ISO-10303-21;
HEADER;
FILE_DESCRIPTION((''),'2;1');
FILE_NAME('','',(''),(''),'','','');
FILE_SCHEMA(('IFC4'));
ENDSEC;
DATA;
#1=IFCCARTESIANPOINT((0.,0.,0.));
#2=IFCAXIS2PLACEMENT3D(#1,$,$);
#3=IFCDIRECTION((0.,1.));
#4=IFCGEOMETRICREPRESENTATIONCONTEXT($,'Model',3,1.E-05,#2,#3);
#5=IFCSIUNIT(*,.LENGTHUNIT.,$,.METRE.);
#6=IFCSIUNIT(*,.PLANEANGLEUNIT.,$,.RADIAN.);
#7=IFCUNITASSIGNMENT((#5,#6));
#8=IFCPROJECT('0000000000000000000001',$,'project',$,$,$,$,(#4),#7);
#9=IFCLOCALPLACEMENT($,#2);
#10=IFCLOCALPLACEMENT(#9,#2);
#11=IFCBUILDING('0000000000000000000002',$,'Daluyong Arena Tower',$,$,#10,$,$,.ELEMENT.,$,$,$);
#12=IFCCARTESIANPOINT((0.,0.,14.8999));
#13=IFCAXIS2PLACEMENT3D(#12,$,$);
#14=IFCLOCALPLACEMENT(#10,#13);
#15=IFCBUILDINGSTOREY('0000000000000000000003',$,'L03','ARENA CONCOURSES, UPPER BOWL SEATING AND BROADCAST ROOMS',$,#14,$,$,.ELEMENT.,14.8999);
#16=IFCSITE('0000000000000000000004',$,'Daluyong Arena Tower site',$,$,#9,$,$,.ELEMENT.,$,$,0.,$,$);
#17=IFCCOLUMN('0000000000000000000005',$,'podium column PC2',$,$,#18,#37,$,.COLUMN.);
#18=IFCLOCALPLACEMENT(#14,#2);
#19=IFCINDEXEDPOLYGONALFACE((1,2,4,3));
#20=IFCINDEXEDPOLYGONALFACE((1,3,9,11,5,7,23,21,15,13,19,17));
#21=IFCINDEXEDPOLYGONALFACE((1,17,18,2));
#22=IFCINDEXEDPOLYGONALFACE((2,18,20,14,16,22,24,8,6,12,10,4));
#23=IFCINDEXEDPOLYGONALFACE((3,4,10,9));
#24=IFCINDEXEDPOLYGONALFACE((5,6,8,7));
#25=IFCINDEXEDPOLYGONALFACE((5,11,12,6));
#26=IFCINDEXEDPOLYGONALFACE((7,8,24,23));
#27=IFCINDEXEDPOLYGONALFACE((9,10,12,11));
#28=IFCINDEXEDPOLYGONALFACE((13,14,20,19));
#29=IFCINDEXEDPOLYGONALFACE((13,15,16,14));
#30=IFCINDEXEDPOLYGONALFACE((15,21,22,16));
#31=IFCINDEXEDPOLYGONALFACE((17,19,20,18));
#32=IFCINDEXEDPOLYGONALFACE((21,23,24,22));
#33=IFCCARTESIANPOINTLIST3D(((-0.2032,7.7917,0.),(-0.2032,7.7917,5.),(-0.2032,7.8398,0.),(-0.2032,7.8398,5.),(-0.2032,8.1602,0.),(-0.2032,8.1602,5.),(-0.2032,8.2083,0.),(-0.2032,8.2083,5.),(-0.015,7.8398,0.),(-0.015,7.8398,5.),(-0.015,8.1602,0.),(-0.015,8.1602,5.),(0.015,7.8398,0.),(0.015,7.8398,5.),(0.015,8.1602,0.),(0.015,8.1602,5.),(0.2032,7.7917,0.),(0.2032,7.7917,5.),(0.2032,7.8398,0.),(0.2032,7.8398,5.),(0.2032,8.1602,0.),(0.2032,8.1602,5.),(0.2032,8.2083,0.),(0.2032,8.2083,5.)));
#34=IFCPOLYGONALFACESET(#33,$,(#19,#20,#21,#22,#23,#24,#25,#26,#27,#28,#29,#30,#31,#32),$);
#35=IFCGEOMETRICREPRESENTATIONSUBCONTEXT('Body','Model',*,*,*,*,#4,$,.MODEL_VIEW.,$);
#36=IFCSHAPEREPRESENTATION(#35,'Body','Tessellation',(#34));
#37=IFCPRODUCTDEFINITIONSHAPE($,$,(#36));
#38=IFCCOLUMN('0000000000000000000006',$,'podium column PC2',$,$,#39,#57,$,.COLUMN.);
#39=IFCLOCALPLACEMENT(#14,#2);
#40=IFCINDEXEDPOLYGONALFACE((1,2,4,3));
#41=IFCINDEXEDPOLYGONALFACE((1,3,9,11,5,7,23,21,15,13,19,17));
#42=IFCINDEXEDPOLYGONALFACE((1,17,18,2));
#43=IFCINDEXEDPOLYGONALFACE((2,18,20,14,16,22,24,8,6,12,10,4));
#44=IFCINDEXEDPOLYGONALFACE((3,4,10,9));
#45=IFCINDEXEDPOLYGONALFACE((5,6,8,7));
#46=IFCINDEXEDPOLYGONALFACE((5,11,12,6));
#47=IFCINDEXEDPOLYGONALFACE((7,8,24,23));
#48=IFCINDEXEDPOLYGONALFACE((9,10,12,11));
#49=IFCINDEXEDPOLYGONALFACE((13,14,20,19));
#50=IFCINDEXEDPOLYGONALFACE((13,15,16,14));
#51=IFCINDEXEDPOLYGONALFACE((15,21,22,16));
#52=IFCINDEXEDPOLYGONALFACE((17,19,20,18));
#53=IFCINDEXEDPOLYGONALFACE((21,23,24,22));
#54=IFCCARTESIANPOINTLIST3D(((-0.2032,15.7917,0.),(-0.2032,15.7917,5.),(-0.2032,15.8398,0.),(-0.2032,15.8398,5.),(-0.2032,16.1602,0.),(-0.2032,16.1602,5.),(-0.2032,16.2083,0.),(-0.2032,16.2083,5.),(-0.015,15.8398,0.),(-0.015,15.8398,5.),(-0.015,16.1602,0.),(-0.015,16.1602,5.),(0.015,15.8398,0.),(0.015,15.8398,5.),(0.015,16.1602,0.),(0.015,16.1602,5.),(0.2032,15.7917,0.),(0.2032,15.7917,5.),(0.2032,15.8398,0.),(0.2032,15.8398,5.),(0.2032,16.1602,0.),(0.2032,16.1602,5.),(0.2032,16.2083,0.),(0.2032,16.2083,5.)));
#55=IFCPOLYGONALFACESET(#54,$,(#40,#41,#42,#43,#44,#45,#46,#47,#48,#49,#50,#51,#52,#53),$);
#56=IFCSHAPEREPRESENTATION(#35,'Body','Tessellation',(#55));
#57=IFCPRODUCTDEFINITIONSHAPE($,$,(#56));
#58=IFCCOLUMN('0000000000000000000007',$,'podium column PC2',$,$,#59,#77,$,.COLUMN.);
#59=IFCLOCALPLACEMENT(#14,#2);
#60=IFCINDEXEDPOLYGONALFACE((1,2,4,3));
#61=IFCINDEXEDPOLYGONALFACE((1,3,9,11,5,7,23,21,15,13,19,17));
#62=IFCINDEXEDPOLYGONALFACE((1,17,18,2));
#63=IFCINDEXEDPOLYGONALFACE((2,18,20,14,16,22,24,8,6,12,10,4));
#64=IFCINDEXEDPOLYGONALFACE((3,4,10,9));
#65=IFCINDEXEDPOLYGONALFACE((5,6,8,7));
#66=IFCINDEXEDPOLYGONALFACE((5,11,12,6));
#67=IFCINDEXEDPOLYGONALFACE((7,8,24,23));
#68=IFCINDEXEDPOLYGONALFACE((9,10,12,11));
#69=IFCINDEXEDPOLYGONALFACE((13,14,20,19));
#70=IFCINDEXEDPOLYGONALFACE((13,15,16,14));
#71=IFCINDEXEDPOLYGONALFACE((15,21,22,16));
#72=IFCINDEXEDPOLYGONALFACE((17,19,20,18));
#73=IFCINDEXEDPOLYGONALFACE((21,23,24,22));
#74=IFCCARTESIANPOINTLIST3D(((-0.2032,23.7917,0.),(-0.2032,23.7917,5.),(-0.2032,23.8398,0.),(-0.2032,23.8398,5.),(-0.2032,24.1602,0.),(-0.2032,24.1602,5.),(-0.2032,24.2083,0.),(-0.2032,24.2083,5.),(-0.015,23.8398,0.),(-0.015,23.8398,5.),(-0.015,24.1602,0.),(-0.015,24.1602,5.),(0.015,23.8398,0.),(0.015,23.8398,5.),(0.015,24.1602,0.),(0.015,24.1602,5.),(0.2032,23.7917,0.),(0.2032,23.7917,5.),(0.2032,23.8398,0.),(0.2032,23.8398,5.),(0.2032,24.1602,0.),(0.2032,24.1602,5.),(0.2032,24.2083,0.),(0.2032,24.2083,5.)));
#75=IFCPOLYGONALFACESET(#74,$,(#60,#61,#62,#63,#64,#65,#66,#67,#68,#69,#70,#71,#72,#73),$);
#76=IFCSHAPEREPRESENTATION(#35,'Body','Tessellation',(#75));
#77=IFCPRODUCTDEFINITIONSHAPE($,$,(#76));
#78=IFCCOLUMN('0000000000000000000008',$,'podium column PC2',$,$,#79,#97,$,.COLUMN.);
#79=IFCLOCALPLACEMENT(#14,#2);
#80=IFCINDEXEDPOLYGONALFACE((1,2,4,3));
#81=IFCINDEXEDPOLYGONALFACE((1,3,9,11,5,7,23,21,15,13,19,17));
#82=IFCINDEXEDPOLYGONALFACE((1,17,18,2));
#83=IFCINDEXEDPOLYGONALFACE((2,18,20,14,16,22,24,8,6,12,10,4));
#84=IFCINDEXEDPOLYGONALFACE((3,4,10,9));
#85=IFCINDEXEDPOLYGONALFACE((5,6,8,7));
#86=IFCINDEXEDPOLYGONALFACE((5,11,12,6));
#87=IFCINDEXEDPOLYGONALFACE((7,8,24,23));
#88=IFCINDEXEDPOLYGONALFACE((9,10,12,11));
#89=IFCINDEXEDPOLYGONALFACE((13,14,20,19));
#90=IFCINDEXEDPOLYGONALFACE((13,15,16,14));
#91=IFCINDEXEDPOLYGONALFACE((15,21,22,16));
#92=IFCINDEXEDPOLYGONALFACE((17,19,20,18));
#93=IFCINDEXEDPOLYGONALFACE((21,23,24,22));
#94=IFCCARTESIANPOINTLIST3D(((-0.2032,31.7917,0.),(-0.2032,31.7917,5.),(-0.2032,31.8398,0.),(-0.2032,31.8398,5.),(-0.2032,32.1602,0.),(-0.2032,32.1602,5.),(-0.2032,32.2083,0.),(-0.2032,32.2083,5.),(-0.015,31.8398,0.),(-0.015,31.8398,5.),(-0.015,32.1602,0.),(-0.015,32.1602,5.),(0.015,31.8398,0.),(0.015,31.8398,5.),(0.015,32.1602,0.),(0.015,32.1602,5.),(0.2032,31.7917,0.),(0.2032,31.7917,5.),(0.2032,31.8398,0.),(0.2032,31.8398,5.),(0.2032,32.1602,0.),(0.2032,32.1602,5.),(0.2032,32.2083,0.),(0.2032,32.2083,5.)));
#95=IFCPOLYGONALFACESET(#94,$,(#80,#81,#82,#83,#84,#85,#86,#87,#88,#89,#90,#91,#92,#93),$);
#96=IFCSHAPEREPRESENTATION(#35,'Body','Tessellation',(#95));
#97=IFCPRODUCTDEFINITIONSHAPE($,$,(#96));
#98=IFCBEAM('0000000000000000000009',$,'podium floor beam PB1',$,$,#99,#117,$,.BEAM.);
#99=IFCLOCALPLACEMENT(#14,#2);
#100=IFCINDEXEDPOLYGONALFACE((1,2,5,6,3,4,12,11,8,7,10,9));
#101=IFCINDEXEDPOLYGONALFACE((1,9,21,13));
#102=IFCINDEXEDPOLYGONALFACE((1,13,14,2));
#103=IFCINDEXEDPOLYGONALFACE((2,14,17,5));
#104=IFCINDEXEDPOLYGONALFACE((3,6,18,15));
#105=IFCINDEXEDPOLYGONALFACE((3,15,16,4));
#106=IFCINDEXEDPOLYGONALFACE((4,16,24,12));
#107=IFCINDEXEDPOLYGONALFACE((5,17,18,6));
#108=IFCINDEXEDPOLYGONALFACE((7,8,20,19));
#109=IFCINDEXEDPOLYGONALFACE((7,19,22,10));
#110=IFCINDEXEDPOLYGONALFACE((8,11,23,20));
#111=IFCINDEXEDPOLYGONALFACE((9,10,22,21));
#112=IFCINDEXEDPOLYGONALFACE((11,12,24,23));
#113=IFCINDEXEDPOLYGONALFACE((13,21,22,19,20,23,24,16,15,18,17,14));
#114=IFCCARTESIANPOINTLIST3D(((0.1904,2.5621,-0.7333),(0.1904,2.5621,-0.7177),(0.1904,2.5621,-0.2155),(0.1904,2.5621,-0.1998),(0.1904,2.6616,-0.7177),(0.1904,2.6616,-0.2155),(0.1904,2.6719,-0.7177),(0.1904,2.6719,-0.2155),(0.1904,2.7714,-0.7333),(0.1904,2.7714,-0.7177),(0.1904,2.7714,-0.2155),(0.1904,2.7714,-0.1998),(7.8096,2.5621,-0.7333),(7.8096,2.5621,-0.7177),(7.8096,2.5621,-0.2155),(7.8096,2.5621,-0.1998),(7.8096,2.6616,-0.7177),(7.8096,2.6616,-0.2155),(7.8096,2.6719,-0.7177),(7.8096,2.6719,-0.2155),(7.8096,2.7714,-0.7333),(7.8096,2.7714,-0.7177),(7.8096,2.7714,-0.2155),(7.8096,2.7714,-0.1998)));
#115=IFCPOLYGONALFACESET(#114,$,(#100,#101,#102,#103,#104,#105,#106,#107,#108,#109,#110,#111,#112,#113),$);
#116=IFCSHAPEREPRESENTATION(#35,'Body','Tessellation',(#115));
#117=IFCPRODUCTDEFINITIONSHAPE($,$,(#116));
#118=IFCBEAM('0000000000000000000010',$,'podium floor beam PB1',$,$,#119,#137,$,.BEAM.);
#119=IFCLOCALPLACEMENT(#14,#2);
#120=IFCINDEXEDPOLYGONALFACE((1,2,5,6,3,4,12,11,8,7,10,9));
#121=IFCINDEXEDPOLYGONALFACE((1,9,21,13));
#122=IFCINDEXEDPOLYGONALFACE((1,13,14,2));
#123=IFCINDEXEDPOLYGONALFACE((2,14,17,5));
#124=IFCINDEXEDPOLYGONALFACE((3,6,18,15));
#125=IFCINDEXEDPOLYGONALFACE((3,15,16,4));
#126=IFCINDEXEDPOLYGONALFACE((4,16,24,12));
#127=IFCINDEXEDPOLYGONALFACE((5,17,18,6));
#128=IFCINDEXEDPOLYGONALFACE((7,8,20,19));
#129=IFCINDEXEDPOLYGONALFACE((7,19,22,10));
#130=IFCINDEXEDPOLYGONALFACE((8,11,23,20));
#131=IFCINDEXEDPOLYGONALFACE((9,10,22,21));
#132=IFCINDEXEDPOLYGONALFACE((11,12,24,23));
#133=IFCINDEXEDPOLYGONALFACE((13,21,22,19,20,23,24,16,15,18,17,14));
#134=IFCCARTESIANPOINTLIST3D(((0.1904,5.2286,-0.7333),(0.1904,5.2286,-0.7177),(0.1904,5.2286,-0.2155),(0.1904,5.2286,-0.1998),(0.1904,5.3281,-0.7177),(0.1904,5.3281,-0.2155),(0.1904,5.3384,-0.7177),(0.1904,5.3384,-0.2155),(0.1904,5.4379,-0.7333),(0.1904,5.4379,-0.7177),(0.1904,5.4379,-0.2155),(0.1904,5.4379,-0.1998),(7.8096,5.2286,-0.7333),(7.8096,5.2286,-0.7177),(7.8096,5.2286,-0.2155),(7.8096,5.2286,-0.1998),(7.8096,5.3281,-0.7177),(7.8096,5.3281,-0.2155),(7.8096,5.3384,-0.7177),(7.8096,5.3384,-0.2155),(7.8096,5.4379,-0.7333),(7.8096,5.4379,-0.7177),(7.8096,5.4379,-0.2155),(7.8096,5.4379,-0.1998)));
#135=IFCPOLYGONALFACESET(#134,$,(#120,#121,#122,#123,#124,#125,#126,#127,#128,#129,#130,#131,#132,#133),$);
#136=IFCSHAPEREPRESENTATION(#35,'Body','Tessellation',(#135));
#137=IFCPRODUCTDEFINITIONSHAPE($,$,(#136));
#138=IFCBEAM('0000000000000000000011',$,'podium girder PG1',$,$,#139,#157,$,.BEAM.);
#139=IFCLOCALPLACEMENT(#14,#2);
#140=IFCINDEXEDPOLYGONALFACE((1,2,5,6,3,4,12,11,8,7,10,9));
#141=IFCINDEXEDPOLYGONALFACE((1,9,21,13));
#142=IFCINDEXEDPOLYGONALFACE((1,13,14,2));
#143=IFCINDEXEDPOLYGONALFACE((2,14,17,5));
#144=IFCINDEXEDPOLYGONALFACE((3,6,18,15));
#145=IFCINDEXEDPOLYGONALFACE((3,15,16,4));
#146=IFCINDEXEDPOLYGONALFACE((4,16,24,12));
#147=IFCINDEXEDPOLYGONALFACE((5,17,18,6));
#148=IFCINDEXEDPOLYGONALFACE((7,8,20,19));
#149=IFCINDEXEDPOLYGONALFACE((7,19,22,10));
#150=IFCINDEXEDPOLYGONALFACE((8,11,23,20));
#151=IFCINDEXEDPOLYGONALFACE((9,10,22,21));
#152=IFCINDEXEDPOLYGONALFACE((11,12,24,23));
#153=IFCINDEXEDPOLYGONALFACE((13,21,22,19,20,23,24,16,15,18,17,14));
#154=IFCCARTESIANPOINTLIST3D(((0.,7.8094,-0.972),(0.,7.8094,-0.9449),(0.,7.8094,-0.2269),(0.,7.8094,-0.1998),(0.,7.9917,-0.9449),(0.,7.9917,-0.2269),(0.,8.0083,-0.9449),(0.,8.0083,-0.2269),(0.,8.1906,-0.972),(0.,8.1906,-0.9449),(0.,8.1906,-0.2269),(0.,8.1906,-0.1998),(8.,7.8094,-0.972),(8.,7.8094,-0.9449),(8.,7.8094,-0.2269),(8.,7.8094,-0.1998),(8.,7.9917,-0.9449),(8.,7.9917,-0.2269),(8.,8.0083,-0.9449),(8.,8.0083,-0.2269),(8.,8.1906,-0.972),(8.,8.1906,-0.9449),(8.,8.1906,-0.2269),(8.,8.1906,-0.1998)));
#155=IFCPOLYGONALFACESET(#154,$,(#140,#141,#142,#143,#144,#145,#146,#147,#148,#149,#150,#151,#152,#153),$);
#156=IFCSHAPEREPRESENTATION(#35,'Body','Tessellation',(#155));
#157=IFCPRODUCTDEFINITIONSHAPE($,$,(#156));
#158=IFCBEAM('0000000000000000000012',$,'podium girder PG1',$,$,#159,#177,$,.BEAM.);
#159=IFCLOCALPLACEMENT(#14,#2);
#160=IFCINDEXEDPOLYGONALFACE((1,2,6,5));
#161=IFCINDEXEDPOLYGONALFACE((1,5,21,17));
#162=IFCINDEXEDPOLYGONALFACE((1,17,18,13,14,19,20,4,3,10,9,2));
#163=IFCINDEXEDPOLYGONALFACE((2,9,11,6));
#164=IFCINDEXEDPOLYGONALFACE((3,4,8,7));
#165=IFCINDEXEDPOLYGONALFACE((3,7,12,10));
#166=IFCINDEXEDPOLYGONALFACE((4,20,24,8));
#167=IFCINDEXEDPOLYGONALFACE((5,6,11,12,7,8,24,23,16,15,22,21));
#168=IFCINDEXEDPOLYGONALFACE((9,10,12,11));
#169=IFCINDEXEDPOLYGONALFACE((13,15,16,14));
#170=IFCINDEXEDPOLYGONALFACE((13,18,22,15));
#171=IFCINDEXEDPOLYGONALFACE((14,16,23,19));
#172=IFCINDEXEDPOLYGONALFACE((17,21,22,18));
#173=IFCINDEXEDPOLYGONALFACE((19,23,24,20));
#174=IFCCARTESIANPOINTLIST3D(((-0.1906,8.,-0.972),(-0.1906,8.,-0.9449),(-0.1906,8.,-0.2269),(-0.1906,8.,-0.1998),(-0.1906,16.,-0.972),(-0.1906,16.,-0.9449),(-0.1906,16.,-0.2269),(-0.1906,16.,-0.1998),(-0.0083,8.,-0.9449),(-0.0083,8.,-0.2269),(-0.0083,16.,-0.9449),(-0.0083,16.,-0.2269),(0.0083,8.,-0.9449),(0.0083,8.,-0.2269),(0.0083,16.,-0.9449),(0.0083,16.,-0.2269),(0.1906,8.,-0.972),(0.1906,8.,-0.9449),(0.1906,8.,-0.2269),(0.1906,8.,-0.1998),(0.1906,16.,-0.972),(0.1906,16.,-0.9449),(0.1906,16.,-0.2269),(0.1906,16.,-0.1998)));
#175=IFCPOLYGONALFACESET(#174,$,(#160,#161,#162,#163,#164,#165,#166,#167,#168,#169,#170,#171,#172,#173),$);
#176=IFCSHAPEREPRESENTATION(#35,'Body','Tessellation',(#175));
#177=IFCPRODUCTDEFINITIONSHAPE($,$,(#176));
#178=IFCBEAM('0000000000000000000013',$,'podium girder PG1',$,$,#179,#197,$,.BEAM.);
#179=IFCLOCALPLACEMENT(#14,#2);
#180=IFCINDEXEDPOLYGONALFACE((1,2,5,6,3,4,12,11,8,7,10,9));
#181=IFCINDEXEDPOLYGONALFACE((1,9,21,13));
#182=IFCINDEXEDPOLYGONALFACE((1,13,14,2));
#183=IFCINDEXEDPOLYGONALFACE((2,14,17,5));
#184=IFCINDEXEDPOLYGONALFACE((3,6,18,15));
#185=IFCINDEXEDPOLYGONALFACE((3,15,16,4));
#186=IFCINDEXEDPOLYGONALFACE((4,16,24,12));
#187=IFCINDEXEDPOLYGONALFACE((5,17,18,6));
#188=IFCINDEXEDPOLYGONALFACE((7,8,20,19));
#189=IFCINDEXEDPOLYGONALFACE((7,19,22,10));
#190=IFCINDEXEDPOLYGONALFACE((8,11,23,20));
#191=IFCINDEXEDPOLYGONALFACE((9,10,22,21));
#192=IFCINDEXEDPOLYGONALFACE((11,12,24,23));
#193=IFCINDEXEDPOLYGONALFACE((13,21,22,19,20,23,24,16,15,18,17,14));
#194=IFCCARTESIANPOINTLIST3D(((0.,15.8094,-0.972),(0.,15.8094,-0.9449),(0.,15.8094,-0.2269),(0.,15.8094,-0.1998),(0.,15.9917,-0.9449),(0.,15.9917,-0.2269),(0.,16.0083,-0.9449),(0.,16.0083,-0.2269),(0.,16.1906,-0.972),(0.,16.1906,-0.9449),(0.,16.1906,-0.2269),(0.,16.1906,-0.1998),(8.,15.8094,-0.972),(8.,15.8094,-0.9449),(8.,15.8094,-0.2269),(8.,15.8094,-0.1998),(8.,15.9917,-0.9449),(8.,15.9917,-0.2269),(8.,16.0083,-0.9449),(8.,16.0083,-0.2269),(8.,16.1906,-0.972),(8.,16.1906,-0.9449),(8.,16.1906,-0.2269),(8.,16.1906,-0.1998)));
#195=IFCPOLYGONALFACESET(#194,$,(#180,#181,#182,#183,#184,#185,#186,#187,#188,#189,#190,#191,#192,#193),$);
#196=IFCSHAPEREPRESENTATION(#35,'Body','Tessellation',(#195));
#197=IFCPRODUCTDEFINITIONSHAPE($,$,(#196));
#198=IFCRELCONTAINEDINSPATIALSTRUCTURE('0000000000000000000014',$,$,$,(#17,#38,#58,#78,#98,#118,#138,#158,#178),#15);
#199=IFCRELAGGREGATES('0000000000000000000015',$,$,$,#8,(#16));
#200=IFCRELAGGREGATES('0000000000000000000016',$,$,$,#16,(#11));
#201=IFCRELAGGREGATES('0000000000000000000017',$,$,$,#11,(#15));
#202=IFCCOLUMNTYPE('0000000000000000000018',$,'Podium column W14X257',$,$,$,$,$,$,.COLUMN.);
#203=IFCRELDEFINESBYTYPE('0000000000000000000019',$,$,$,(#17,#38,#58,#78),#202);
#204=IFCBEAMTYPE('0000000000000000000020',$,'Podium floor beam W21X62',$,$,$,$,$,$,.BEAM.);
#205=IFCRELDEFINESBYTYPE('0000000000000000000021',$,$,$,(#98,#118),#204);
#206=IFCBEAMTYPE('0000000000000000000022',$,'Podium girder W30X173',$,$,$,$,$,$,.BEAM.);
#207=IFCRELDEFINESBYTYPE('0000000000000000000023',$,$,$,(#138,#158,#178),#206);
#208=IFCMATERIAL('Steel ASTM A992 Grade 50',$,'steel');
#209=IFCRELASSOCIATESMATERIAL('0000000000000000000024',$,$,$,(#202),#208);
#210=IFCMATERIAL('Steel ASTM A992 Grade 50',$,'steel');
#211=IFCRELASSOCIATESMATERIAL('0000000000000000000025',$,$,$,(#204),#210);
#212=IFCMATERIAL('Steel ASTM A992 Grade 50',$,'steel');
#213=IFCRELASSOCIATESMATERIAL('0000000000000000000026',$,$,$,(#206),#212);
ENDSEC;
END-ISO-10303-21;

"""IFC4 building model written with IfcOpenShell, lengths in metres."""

from ifc_helpers import new_model, si_unit, direction, frame, origin, origin_2d, place, context, subcontext, project, spatial, i_section, extrude, material, material_profile, profile_set, type_object, element, save


model = new_model("IFC4")

# Units and contexts
model_context = context("Model", 3, precision=1e-05, world=origin(), true_north=direction((0.0, 1.0)))
body_context = subcontext(model_context, "Body", "Model", "MODEL_VIEW")
ifc_project = project(units=[si_unit("LENGTHUNIT", "METRE"), si_unit("PLANEANGLEUNIT", "RADIAN")], contexts=[model_context])

# Site, building, storey
site_placement = place(None, origin())
site = spatial("IfcSite", under=ifc_project, at=site_placement, Name="Daluyong Arena Tower site", CompositionType="ELEMENT", RefElevation=0.0)
building_placement = place(site_placement, origin())
building = spatial("IfcBuilding", under=site, at=building_placement, Name="Daluyong Arena Tower", CompositionType="ELEMENT")
storey_placement = place(building_placement, frame((0.0, 0.0, 14.8999)))
storey = spatial("IfcBuildingStorey", under=building, at=storey_placement, Name="L03", Description="ARENA CONCOURSES, UPPER BOWL SEATING AND BROADCAST ROOMS", CompositionType="ELEMENT", Elevation=14.8999)

# Columns
ifc_material_1 = material(Name="Steel ASTM A992 Grade 50", Category="steel")
ifc_material_profile_1 = material_profile(ifc_material_1, i_section(OverallWidth=0.4065, OverallDepth=0.4165, WebThickness=0.03, FlangeThickness=0.0481, at=origin_2d()))
ifc_profile_set_1 = profile_set([ifc_material_profile_1], Name="Steel ASTM A992 Grade 50")
column_type = type_object("IfcColumnType", Name="Podium column W14X257", PredefinedType="COLUMN", material=ifc_profile_set_1)
for number, where, z_axis, x_axis, name in (
    (1, (0.0, 8.0, 0.0), (0.0, 0.0, 1.0), (1.0, 0.0, 0.0), "podium column PC2"),
    (2, (0.0, 16.0, 0.0), (0.0, 0.0, 1.0), (1.0, 0.0, 0.0), "podium column PC2"),
    (3, (0.0, 24.0, 0.0), (0.0, 0.0, 1.0), (1.0, 0.0, 0.0), "podium column PC2"),
    (4, (0.0, 32.0, 0.0), (0.0, 0.0, 1.0), (1.0, 0.0, 0.0), "podium column PC2"),
):
    element("IfcColumn", number, at=place(storey_placement, frame(where, z_axis=z_axis, x_axis=x_axis)), inside=storey, type_object=column_type, Name=name, PredefinedType="COLUMN", context=body_context, shape_type="SweptSolid", body=[
        extrude(i_section(OverallWidth=0.4065, OverallDepth=0.4165, WebThickness=0.03, FlangeThickness=0.0481, at=origin_2d()), origin(), (0.0, 0.0, 1.0), 5.0),
    ])

# Beams
ifc_material_2 = material(Name="Steel ASTM A992 Grade 50", Category="steel")
ifc_material_profile_2 = material_profile(ifc_material_2, i_section(OverallWidth=0.2092, OverallDepth=0.5334, WebThickness=0.0103, FlangeThickness=0.0156, at=origin_2d()))
ifc_profile_set_2 = profile_set([ifc_material_profile_2], Name="Steel ASTM A992 Grade 50")
beam_type_1 = type_object("IfcBeamType", Name="Podium floor beam W21X62", PredefinedType="BEAM", material=ifc_profile_set_2)
for number, where, z_axis, x_axis, name in (
    (5, (0.1904, 2.6667, -0.4666), (1.0, 0.0, 0.0), (0.0, 1.0, 0.0), "podium floor beam PB1"),
    (6, (0.1904, 5.3333, -0.4666), (1.0, 0.0, 0.0), (0.0, 1.0, 0.0), "podium floor beam PB1"),
):
    element("IfcBeam", number, at=place(storey_placement, frame(where, z_axis=z_axis, x_axis=x_axis)), inside=storey, type_object=beam_type_1, Name=name, PredefinedType="BEAM", context=body_context, shape_type="SweptSolid", body=[
        extrude(i_section(OverallWidth=0.2092, OverallDepth=0.5334, WebThickness=0.0103, FlangeThickness=0.0156, at=origin_2d()), origin(), (0.0, 0.0, 1.0), 7.6191),
    ])
ifc_material_3 = material(Name="Steel ASTM A992 Grade 50", Category="steel")
ifc_material_profile_3 = material_profile(ifc_material_3, i_section(OverallWidth=0.3811, OverallDepth=0.7722, WebThickness=0.0166, FlangeThickness=0.0271, at=origin_2d()))
ifc_profile_set_3 = profile_set([ifc_material_profile_3], Name="Steel ASTM A992 Grade 50")
beam_type_2 = type_object("IfcBeamType", Name="Podium girder W30X173", PredefinedType="BEAM", material=ifc_profile_set_3)
for number, where, z_axis, x_axis, name in (
    (7, (0.0, 8.0, -0.5859), (1.0, 0.0, 0.0), (0.0, 1.0, 0.0), "podium girder PG1"),
    (8, (0.0, 8.0, -0.5859), (0.0, 1.0, 0.0), (-1.0, 0.0, 0.0), "podium girder PG1"),
    (9, (0.0, 16.0, -0.5859), (1.0, 0.0, 0.0), (0.0, 1.0, 0.0), "podium girder PG1"),
):
    element("IfcBeam", number, at=place(storey_placement, frame(where, z_axis=z_axis, x_axis=x_axis)), inside=storey, type_object=beam_type_2, Name=name, PredefinedType="BEAM", context=body_context, shape_type="SweptSolid", body=[
        extrude(i_section(OverallWidth=0.3811, OverallDepth=0.7722, WebThickness=0.0166, FlangeThickness=0.0271, at=origin_2d()), origin(), (0.0, 0.0, 1.0), 8.0),
    ])

save(model, "model.ifc")
